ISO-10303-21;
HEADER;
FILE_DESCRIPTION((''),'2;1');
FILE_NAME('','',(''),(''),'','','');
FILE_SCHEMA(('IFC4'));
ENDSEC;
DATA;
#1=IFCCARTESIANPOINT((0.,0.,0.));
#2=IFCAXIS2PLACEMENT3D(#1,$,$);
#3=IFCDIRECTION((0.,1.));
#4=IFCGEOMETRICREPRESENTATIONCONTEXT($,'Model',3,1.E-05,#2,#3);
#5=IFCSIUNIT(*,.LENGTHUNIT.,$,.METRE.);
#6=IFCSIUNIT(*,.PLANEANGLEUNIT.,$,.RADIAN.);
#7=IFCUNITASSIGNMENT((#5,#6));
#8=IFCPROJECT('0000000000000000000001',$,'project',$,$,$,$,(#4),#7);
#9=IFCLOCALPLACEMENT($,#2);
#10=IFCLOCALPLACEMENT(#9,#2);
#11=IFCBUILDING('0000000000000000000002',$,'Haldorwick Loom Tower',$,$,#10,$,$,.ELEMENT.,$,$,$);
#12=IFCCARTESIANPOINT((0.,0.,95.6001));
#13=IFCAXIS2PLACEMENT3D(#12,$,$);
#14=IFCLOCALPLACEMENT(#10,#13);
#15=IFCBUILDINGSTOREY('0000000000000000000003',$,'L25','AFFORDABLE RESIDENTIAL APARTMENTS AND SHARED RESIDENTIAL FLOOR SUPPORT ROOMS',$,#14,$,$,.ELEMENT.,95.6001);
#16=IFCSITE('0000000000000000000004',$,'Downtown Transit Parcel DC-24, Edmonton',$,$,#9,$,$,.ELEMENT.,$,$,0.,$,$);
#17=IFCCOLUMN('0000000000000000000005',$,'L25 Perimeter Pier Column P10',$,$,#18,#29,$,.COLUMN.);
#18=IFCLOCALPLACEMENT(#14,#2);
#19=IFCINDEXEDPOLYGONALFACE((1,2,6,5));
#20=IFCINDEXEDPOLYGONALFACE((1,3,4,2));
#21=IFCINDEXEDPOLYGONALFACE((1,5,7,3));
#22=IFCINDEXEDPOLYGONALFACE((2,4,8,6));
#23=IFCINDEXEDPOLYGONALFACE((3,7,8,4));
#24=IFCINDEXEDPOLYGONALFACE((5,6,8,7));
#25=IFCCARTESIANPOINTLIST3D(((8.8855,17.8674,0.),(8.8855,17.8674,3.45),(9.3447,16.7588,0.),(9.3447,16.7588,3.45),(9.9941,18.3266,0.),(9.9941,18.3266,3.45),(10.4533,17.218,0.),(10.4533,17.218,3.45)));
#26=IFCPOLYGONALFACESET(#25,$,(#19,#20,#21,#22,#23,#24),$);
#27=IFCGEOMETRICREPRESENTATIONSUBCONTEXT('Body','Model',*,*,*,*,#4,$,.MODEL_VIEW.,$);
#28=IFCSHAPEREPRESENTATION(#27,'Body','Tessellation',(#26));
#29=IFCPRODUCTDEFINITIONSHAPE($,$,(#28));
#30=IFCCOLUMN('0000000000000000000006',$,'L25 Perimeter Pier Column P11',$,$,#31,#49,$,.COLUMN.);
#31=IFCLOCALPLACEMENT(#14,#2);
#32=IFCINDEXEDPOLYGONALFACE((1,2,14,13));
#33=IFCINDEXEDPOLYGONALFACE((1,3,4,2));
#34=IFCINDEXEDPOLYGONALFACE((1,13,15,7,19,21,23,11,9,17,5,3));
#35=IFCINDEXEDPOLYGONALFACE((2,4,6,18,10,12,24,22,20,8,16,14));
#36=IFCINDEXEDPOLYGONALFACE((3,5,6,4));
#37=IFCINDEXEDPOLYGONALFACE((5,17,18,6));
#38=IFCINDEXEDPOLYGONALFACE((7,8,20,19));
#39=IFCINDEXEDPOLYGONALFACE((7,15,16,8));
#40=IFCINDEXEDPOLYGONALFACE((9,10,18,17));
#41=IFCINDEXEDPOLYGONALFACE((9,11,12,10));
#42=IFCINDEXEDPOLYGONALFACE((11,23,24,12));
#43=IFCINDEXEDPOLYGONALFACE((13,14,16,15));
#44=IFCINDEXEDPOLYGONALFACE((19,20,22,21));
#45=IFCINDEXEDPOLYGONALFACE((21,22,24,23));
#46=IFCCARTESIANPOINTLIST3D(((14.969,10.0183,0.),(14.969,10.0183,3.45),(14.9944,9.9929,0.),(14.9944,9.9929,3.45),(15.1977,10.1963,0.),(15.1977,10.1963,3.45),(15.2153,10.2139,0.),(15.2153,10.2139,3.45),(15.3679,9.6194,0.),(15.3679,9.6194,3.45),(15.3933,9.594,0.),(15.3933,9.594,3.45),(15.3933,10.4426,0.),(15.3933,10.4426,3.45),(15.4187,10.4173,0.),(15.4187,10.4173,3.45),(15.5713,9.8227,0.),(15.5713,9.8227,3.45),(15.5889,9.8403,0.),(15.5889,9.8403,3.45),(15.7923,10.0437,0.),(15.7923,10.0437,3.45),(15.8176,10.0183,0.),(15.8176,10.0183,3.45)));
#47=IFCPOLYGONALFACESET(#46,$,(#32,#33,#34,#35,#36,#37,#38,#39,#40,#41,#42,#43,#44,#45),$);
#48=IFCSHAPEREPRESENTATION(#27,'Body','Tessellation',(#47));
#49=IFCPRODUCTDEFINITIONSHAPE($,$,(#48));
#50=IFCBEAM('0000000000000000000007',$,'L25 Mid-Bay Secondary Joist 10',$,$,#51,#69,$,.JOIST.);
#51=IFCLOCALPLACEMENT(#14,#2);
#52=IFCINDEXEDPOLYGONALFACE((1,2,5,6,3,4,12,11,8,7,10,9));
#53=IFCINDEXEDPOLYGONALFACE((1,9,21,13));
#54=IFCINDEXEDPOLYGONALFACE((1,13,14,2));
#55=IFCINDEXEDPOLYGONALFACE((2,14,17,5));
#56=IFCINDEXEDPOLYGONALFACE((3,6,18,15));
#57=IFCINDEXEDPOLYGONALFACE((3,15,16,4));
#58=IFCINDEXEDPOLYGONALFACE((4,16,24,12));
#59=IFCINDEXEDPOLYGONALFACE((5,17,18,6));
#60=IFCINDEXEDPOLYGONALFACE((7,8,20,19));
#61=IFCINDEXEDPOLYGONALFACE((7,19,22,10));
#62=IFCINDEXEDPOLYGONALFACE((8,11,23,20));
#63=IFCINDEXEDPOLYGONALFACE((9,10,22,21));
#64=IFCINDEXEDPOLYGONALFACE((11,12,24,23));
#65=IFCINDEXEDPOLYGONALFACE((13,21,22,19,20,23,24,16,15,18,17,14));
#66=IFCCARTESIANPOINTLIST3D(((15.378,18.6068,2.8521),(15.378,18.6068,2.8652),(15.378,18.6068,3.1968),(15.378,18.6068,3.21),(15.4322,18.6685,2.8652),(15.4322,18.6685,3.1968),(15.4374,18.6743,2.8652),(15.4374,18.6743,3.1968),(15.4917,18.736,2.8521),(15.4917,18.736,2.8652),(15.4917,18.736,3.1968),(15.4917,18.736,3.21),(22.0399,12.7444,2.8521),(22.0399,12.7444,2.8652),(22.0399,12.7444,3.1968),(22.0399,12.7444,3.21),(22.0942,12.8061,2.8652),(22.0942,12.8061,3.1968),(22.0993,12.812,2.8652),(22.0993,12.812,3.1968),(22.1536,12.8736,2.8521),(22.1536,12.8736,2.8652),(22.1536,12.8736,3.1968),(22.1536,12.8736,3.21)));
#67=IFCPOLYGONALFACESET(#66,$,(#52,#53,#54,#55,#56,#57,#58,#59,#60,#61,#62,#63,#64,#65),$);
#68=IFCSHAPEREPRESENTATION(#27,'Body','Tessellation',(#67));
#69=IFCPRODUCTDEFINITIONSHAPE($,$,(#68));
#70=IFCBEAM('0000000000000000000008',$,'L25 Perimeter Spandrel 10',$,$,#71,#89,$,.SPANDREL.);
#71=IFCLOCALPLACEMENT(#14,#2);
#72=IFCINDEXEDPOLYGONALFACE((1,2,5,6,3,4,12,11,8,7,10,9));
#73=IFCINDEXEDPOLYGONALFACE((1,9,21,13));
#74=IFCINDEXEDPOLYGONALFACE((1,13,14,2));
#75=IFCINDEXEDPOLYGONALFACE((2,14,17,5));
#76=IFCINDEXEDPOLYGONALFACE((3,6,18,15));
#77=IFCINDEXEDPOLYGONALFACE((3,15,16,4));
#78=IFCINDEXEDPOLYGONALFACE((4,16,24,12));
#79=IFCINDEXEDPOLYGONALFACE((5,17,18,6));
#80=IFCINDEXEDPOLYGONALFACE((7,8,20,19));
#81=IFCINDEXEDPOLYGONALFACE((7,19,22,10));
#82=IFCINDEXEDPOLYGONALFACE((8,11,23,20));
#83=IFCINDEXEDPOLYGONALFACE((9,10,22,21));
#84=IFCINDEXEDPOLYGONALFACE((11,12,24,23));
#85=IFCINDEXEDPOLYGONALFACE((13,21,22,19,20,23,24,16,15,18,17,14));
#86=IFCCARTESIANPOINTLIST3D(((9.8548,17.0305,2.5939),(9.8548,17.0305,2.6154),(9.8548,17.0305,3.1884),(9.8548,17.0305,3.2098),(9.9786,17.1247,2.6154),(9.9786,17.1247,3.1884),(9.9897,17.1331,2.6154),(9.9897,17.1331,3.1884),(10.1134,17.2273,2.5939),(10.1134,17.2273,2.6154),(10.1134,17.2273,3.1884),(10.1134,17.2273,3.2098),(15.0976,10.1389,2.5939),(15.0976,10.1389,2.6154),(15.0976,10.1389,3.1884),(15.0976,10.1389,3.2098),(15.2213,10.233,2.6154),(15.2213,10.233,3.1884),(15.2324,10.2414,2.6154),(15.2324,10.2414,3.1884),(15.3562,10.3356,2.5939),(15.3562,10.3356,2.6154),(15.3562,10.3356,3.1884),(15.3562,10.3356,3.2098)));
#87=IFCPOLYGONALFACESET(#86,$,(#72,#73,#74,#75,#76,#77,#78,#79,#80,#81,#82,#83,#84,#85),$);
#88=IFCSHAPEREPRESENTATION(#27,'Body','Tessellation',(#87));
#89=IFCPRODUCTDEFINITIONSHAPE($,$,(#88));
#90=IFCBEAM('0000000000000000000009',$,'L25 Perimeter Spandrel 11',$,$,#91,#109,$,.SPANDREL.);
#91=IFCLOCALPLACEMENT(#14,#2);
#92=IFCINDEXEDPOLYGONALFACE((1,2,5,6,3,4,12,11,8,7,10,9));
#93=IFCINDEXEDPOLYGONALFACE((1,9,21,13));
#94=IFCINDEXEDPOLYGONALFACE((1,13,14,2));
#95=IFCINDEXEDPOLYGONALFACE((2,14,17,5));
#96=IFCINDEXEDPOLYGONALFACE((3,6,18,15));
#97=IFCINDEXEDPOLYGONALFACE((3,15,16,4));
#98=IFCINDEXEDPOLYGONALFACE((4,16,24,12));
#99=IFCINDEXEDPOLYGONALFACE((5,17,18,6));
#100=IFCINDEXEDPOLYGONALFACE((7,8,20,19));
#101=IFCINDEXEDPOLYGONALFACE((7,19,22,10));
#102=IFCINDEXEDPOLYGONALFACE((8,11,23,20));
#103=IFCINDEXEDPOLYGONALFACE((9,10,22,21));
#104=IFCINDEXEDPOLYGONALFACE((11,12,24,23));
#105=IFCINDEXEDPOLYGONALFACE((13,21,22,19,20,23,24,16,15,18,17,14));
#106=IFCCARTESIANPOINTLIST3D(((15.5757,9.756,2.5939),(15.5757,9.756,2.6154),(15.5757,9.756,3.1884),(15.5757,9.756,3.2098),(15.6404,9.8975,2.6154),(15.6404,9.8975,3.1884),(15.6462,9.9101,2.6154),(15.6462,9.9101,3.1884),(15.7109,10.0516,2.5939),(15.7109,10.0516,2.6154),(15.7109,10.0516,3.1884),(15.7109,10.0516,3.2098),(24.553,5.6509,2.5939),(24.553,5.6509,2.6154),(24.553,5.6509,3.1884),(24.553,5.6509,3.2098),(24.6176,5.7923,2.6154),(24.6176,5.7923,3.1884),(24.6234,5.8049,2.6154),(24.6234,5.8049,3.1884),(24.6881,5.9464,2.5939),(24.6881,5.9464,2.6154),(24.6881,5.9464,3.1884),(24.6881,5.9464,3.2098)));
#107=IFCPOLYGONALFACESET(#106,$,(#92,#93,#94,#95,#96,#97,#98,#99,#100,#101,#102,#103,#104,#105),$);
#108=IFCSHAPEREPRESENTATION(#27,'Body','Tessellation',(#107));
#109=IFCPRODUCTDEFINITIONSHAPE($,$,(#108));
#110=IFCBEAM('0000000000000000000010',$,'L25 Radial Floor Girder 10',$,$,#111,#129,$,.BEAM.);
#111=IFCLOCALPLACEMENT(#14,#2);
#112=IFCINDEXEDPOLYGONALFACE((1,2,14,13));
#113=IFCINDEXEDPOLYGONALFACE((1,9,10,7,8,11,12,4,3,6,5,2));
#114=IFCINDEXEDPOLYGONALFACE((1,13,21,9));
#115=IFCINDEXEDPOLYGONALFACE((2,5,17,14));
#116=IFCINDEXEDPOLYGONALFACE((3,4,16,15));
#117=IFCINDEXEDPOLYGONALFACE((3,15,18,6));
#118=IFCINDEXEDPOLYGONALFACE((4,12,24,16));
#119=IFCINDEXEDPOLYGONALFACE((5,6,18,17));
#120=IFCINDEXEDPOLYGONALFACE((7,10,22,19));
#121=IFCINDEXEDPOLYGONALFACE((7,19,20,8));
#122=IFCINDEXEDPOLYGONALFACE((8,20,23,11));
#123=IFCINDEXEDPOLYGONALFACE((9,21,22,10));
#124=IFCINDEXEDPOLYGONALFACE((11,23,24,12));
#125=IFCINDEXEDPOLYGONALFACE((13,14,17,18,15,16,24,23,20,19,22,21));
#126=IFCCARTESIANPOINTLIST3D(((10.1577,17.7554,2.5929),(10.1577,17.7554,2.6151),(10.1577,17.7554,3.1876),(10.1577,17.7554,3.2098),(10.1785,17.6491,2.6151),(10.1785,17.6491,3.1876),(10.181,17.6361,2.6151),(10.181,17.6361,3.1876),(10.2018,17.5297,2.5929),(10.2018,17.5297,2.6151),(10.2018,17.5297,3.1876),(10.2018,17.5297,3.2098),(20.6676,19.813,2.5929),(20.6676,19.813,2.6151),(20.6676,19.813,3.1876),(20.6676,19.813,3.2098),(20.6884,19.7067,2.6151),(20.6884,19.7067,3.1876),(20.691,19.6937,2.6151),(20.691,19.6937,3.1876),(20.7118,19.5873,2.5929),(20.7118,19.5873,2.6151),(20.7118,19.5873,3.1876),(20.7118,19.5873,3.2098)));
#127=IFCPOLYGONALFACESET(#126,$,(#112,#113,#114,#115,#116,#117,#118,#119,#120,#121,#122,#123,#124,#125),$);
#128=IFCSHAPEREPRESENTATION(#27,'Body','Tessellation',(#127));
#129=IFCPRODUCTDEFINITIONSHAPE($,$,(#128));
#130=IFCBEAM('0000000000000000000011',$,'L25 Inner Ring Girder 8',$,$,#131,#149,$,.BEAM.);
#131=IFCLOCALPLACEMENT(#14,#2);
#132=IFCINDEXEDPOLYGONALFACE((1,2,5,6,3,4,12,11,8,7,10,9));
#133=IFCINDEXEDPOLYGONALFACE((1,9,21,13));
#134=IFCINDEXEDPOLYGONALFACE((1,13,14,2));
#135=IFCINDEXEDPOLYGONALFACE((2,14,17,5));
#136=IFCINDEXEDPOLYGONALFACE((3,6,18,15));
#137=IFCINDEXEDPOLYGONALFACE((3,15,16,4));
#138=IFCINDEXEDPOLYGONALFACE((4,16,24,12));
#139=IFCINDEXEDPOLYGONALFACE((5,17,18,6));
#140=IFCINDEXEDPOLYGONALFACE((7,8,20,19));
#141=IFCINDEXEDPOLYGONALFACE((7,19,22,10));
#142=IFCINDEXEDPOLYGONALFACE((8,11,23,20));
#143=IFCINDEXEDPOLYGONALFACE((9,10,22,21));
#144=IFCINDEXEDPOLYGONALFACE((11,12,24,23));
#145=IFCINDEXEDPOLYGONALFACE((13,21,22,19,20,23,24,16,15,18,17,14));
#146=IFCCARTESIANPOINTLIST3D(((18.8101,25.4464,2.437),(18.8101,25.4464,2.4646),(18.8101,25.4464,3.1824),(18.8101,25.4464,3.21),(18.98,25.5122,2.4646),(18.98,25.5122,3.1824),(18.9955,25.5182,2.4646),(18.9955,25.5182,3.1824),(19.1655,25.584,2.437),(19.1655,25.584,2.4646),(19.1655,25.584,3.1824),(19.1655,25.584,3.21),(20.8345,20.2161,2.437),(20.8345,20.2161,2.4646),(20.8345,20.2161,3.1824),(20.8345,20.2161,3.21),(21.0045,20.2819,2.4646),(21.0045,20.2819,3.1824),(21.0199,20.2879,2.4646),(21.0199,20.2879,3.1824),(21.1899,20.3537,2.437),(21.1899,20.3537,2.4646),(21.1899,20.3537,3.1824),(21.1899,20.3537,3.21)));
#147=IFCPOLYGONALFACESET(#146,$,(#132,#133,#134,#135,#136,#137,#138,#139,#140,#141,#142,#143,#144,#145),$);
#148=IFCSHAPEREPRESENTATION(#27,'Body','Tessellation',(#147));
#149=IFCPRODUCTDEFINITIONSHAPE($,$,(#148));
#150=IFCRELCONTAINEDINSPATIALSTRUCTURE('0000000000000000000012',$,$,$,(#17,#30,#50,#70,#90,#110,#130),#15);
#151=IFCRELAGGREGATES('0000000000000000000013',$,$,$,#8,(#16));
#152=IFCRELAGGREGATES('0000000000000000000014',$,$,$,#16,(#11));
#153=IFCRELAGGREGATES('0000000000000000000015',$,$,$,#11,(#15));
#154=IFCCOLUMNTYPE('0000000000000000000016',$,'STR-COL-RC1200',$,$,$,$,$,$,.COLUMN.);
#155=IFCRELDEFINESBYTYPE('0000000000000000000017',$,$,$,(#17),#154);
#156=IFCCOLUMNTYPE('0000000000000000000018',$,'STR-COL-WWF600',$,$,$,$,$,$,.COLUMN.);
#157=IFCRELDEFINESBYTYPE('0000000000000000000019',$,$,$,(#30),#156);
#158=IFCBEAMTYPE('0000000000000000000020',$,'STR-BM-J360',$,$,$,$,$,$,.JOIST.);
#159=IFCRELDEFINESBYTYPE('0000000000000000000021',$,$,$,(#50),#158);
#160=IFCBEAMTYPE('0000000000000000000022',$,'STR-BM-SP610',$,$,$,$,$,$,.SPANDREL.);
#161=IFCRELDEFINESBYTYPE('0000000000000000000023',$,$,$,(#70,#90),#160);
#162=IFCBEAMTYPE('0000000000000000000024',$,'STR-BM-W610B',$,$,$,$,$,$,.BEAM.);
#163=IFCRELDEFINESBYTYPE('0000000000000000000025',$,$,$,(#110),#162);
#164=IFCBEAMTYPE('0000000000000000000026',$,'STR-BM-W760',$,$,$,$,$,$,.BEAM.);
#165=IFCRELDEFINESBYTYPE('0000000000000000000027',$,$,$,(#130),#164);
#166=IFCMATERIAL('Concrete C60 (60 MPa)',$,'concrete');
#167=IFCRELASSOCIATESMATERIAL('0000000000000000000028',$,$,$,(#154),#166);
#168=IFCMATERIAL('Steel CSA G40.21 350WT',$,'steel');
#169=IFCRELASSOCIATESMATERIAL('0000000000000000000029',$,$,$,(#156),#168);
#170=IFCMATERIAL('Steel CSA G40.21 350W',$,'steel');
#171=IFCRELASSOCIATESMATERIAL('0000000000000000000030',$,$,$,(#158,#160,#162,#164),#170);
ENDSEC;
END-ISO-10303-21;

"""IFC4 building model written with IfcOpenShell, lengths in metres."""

from ifc_helpers import new_model, si_unit, direction, frame, origin, origin_2d, place, context, subcontext, project, spatial, rectangle, i_section, extrude, material, material_profile, profile_set, type_object, element, save


model = new_model("IFC4")

# Units and contexts
model_context = context("Model", 3, precision=1e-05, world=origin(), true_north=direction((0.0, 1.0)))
body_context = subcontext(model_context, "Body", "Model", "MODEL_VIEW")
ifc_project = project(units=[si_unit("LENGTHUNIT", "METRE"), si_unit("PLANEANGLEUNIT", "RADIAN")], contexts=[model_context])

# Site, building, storey
site_placement = place(None, origin())
site = spatial("IfcSite", under=ifc_project, at=site_placement, Name="Downtown Transit Parcel DC-24, Edmonton", CompositionType="ELEMENT", RefElevation=0.0)
building_placement = place(site_placement, origin())
building = spatial("IfcBuilding", under=site, at=building_placement, Name="Haldorwick Loom Tower", CompositionType="ELEMENT")
storey_placement = place(building_placement, frame((0.0, 0.0, 95.6001)))
storey = spatial("IfcBuildingStorey", under=building, at=storey_placement, Name="L25", Description="AFFORDABLE RESIDENTIAL APARTMENTS AND SHARED RESIDENTIAL FLOOR SUPPORT ROOMS", CompositionType="ELEMENT", Elevation=95.6001)

# Columns
ifc_material_1 = material(Name="Concrete C60 (60 MPa)", Category="concrete")
ifc_material_profile_1 = material_profile(ifc_material_1, rectangle(XDim=1.2, YDim=1.2, at=origin_2d()), Name="RC1200X1200", Category="concrete")
ifc_profile_set_1 = profile_set([ifc_material_profile_1], Name="Concrete C60 (60 MPa)")
column_type_1 = type_object("IfcColumnType", Name="STR-COL-RC1200", PredefinedType="COLUMN", material=ifc_profile_set_1)
column_1_placement = place(storey_placement, frame((9.6694, 17.5427, 0.0), z_axis=(0.0, 0.0, 1.0), x_axis=(-0.92388, -0.382683, 0.0)))
element("IfcColumn", 1, at=column_1_placement, inside=storey, type_object=column_type_1, Name="L25 Perimeter Pier Column P10", PredefinedType="COLUMN", context=body_context, shape_type="SweptSolid", body=[
    extrude(rectangle(XDim=1.2, YDim=1.2, at=origin_2d()), origin(), (0.0, 0.0, 1.0), 3.45),
])
ifc_material_2 = material(Name="Steel CSA G40.21 350WT", Category="steel")
ifc_material_profile_2 = material_profile(ifc_material_2, i_section(OverallWidth=0.6001, OverallDepth=0.6001, WebThickness=0.0249, FlangeThickness=0.0359, at=origin_2d()), Name="WWF600X600", Category="steel")
ifc_profile_set_2 = profile_set([ifc_material_profile_2], Name="Steel CSA G40.21 350WT")
column_type_2 = type_object("IfcColumnType", Name="STR-COL-WWF600", PredefinedType="COLUMN", material=ifc_profile_set_2)
column_2_placement = place(storey_placement, frame((15.3933, 10.0183, 0.0), z_axis=(0.0, 0.0, 1.0), x_axis=(-0.707107, -0.707107, 0.0)))
element("IfcColumn", 2, at=column_2_placement, inside=storey, type_object=column_type_2, Name="L25 Perimeter Pier Column P11", PredefinedType="COLUMN", context=body_context, shape_type="SweptSolid", body=[
    extrude(i_section(OverallWidth=0.6001, OverallDepth=0.6001, WebThickness=0.0249, FlangeThickness=0.0359, at=origin_2d()), origin(), (0.0, 0.0, 1.0), 3.45),
])

# Beams
ifc_material_3 = material(Name="Steel CSA G40.21 350W", Category="steel")
ifc_material_profile_3 = material_profile(ifc_material_3, i_section(OverallWidth=0.1721, OverallDepth=0.3579, WebThickness=0.0078, FlangeThickness=0.0132, at=origin_2d()), Name="W360X57", Category="steel")
ifc_profile_set_3 = profile_set([ifc_material_profile_3], Name="Steel CSA G40.21 350W")
beam_type_1 = type_object("IfcBeamType", Name="STR-BM-J360", PredefinedType="JOIST", material=ifc_profile_set_3)
beam_1_placement = place(storey_placement, frame((15.4348, 18.6714, 3.031), z_axis=(0.750721, -0.660619, 0.0), x_axis=(0.660619, 0.750721, 0.0)))
element("IfcBeam", 3, at=beam_1_placement, inside=storey, type_object=beam_type_1, Name="L25 Mid-Bay Secondary Joist 10", PredefinedType="JOIST", context=body_context, shape_type="SweptSolid", body=[
    extrude(i_section(OverallWidth=0.1721, OverallDepth=0.3579, WebThickness=0.0078, FlangeThickness=0.0132, at=origin_2d()), origin(), (0.0, 0.0, 1.0), 8.874),
])
ifc_material_profile_4 = material_profile(ifc_material_3, i_section(OverallWidth=0.325, OverallDepth=0.616, WebThickness=0.0139, FlangeThickness=0.0215, at=origin_2d()), Name="W610X174", Category="steel")
ifc_profile_set_4 = profile_set([ifc_material_profile_4], Name="Steel CSA G40.21 350W")
beam_type_2 = type_object("IfcBeamType", Name="STR-BM-SP610", PredefinedType="SPANDREL", material=ifc_profile_set_4)
beam_2_placement = place(storey_placement, frame((9.9841, 17.1289, 2.9019), z_axis=(0.605454, -0.795881, 0.0), x_axis=(0.795881, 0.605454, 0.0)))
element("IfcBeam", 4, at=beam_2_placement, inside=storey, type_object=beam_type_2, Name="L25 Perimeter Spandrel 10", PredefinedType="SPANDREL", context=body_context, shape_type="SweptSolid", body=[
    extrude(i_section(OverallWidth=0.325, OverallDepth=0.616, WebThickness=0.0139, FlangeThickness=0.0215, at=origin_2d()), origin(), (0.0, 0.0, 1.0), 8.6592),
])
beam_3_placement = place(storey_placement, frame((15.6433, 9.9038, 2.9019), z_axis=(0.909424, -0.41587, 0.0), x_axis=(0.41587, 0.909424, 0.0)))
element("IfcBeam", 5, at=beam_3_placement, inside=storey, type_object=beam_type_2, Name="L25 Perimeter Spandrel 11", PredefinedType="SPANDREL", context=body_context, shape_type="SweptSolid", body=[
    extrude(i_section(OverallWidth=0.325, OverallDepth=0.616, WebThickness=0.0139, FlangeThickness=0.0215, at=origin_2d()), origin(), (0.0, 0.0, 1.0), 9.8713),
])
ifc_material_profile_5 = material_profile(ifc_material_3, i_section(OverallWidth=0.23, OverallDepth=0.6169, WebThickness=0.0132, FlangeThickness=0.0222, at=origin_2d()), Name="W610X140", Category="steel")
ifc_profile_set_5 = profile_set([ifc_material_profile_5], Name="Steel CSA G40.21 350W")
beam_type_3 = type_object("IfcBeamType", Name="STR-BM-W610B", PredefinedType="BEAM", material=ifc_profile_set_5)
beam_4_placement = place(storey_placement, frame((20.6897, 19.7002, 2.9014), z_axis=(-0.98137, -0.192129, 0.0), x_axis=(0.192129, -0.98137, 0.0)))
element("IfcBeam", 6, at=beam_4_placement, inside=storey, type_object=beam_type_3, Name="L25 Radial Floor Girder 10", PredefinedType="BEAM", context=body_context, shape_type="SweptSolid", body=[
    extrude(i_section(OverallWidth=0.23, OverallDepth=0.6169, WebThickness=0.0132, FlangeThickness=0.0222, at=origin_2d()), origin(), (0.0, 0.0, 1.0), 10.7095),
])
ifc_material_profile_6 = material_profile(ifc_material_3, i_section(OverallWidth=0.3811, OverallDepth=0.7729, WebThickness=0.0166, FlangeThickness=0.0276, at=origin_2d()), Name="W760X257", Category="steel")
ifc_profile_set_6 = profile_set([ifc_material_profile_6], Name="Steel CSA G40.21 350W")
beam_type_4 = type_object("IfcBeamType", Name="STR-BM-W760", PredefinedType="BEAM", material=ifc_profile_set_6)
beam_5_placement = place(storey_placement, frame((21.0122, 20.2849, 2.8235), z_axis=(-0.360965, 0.932579, 0.0), x_axis=(-0.932579, -0.360965, 0.0)))
element("IfcBeam", 7, at=beam_5_placement, inside=storey, type_object=beam_type_4, Name="L25 Inner Ring Girder 8", PredefinedType="BEAM", context=body_context, shape_type="SweptSolid", body=[
    extrude(i_section(OverallWidth=0.3811, OverallDepth=0.7729, WebThickness=0.0166, FlangeThickness=0.0276, at=origin_2d()), origin(), (0.0, 0.0, 1.0), 5.6084),
])

save(model, "model.ifc")
